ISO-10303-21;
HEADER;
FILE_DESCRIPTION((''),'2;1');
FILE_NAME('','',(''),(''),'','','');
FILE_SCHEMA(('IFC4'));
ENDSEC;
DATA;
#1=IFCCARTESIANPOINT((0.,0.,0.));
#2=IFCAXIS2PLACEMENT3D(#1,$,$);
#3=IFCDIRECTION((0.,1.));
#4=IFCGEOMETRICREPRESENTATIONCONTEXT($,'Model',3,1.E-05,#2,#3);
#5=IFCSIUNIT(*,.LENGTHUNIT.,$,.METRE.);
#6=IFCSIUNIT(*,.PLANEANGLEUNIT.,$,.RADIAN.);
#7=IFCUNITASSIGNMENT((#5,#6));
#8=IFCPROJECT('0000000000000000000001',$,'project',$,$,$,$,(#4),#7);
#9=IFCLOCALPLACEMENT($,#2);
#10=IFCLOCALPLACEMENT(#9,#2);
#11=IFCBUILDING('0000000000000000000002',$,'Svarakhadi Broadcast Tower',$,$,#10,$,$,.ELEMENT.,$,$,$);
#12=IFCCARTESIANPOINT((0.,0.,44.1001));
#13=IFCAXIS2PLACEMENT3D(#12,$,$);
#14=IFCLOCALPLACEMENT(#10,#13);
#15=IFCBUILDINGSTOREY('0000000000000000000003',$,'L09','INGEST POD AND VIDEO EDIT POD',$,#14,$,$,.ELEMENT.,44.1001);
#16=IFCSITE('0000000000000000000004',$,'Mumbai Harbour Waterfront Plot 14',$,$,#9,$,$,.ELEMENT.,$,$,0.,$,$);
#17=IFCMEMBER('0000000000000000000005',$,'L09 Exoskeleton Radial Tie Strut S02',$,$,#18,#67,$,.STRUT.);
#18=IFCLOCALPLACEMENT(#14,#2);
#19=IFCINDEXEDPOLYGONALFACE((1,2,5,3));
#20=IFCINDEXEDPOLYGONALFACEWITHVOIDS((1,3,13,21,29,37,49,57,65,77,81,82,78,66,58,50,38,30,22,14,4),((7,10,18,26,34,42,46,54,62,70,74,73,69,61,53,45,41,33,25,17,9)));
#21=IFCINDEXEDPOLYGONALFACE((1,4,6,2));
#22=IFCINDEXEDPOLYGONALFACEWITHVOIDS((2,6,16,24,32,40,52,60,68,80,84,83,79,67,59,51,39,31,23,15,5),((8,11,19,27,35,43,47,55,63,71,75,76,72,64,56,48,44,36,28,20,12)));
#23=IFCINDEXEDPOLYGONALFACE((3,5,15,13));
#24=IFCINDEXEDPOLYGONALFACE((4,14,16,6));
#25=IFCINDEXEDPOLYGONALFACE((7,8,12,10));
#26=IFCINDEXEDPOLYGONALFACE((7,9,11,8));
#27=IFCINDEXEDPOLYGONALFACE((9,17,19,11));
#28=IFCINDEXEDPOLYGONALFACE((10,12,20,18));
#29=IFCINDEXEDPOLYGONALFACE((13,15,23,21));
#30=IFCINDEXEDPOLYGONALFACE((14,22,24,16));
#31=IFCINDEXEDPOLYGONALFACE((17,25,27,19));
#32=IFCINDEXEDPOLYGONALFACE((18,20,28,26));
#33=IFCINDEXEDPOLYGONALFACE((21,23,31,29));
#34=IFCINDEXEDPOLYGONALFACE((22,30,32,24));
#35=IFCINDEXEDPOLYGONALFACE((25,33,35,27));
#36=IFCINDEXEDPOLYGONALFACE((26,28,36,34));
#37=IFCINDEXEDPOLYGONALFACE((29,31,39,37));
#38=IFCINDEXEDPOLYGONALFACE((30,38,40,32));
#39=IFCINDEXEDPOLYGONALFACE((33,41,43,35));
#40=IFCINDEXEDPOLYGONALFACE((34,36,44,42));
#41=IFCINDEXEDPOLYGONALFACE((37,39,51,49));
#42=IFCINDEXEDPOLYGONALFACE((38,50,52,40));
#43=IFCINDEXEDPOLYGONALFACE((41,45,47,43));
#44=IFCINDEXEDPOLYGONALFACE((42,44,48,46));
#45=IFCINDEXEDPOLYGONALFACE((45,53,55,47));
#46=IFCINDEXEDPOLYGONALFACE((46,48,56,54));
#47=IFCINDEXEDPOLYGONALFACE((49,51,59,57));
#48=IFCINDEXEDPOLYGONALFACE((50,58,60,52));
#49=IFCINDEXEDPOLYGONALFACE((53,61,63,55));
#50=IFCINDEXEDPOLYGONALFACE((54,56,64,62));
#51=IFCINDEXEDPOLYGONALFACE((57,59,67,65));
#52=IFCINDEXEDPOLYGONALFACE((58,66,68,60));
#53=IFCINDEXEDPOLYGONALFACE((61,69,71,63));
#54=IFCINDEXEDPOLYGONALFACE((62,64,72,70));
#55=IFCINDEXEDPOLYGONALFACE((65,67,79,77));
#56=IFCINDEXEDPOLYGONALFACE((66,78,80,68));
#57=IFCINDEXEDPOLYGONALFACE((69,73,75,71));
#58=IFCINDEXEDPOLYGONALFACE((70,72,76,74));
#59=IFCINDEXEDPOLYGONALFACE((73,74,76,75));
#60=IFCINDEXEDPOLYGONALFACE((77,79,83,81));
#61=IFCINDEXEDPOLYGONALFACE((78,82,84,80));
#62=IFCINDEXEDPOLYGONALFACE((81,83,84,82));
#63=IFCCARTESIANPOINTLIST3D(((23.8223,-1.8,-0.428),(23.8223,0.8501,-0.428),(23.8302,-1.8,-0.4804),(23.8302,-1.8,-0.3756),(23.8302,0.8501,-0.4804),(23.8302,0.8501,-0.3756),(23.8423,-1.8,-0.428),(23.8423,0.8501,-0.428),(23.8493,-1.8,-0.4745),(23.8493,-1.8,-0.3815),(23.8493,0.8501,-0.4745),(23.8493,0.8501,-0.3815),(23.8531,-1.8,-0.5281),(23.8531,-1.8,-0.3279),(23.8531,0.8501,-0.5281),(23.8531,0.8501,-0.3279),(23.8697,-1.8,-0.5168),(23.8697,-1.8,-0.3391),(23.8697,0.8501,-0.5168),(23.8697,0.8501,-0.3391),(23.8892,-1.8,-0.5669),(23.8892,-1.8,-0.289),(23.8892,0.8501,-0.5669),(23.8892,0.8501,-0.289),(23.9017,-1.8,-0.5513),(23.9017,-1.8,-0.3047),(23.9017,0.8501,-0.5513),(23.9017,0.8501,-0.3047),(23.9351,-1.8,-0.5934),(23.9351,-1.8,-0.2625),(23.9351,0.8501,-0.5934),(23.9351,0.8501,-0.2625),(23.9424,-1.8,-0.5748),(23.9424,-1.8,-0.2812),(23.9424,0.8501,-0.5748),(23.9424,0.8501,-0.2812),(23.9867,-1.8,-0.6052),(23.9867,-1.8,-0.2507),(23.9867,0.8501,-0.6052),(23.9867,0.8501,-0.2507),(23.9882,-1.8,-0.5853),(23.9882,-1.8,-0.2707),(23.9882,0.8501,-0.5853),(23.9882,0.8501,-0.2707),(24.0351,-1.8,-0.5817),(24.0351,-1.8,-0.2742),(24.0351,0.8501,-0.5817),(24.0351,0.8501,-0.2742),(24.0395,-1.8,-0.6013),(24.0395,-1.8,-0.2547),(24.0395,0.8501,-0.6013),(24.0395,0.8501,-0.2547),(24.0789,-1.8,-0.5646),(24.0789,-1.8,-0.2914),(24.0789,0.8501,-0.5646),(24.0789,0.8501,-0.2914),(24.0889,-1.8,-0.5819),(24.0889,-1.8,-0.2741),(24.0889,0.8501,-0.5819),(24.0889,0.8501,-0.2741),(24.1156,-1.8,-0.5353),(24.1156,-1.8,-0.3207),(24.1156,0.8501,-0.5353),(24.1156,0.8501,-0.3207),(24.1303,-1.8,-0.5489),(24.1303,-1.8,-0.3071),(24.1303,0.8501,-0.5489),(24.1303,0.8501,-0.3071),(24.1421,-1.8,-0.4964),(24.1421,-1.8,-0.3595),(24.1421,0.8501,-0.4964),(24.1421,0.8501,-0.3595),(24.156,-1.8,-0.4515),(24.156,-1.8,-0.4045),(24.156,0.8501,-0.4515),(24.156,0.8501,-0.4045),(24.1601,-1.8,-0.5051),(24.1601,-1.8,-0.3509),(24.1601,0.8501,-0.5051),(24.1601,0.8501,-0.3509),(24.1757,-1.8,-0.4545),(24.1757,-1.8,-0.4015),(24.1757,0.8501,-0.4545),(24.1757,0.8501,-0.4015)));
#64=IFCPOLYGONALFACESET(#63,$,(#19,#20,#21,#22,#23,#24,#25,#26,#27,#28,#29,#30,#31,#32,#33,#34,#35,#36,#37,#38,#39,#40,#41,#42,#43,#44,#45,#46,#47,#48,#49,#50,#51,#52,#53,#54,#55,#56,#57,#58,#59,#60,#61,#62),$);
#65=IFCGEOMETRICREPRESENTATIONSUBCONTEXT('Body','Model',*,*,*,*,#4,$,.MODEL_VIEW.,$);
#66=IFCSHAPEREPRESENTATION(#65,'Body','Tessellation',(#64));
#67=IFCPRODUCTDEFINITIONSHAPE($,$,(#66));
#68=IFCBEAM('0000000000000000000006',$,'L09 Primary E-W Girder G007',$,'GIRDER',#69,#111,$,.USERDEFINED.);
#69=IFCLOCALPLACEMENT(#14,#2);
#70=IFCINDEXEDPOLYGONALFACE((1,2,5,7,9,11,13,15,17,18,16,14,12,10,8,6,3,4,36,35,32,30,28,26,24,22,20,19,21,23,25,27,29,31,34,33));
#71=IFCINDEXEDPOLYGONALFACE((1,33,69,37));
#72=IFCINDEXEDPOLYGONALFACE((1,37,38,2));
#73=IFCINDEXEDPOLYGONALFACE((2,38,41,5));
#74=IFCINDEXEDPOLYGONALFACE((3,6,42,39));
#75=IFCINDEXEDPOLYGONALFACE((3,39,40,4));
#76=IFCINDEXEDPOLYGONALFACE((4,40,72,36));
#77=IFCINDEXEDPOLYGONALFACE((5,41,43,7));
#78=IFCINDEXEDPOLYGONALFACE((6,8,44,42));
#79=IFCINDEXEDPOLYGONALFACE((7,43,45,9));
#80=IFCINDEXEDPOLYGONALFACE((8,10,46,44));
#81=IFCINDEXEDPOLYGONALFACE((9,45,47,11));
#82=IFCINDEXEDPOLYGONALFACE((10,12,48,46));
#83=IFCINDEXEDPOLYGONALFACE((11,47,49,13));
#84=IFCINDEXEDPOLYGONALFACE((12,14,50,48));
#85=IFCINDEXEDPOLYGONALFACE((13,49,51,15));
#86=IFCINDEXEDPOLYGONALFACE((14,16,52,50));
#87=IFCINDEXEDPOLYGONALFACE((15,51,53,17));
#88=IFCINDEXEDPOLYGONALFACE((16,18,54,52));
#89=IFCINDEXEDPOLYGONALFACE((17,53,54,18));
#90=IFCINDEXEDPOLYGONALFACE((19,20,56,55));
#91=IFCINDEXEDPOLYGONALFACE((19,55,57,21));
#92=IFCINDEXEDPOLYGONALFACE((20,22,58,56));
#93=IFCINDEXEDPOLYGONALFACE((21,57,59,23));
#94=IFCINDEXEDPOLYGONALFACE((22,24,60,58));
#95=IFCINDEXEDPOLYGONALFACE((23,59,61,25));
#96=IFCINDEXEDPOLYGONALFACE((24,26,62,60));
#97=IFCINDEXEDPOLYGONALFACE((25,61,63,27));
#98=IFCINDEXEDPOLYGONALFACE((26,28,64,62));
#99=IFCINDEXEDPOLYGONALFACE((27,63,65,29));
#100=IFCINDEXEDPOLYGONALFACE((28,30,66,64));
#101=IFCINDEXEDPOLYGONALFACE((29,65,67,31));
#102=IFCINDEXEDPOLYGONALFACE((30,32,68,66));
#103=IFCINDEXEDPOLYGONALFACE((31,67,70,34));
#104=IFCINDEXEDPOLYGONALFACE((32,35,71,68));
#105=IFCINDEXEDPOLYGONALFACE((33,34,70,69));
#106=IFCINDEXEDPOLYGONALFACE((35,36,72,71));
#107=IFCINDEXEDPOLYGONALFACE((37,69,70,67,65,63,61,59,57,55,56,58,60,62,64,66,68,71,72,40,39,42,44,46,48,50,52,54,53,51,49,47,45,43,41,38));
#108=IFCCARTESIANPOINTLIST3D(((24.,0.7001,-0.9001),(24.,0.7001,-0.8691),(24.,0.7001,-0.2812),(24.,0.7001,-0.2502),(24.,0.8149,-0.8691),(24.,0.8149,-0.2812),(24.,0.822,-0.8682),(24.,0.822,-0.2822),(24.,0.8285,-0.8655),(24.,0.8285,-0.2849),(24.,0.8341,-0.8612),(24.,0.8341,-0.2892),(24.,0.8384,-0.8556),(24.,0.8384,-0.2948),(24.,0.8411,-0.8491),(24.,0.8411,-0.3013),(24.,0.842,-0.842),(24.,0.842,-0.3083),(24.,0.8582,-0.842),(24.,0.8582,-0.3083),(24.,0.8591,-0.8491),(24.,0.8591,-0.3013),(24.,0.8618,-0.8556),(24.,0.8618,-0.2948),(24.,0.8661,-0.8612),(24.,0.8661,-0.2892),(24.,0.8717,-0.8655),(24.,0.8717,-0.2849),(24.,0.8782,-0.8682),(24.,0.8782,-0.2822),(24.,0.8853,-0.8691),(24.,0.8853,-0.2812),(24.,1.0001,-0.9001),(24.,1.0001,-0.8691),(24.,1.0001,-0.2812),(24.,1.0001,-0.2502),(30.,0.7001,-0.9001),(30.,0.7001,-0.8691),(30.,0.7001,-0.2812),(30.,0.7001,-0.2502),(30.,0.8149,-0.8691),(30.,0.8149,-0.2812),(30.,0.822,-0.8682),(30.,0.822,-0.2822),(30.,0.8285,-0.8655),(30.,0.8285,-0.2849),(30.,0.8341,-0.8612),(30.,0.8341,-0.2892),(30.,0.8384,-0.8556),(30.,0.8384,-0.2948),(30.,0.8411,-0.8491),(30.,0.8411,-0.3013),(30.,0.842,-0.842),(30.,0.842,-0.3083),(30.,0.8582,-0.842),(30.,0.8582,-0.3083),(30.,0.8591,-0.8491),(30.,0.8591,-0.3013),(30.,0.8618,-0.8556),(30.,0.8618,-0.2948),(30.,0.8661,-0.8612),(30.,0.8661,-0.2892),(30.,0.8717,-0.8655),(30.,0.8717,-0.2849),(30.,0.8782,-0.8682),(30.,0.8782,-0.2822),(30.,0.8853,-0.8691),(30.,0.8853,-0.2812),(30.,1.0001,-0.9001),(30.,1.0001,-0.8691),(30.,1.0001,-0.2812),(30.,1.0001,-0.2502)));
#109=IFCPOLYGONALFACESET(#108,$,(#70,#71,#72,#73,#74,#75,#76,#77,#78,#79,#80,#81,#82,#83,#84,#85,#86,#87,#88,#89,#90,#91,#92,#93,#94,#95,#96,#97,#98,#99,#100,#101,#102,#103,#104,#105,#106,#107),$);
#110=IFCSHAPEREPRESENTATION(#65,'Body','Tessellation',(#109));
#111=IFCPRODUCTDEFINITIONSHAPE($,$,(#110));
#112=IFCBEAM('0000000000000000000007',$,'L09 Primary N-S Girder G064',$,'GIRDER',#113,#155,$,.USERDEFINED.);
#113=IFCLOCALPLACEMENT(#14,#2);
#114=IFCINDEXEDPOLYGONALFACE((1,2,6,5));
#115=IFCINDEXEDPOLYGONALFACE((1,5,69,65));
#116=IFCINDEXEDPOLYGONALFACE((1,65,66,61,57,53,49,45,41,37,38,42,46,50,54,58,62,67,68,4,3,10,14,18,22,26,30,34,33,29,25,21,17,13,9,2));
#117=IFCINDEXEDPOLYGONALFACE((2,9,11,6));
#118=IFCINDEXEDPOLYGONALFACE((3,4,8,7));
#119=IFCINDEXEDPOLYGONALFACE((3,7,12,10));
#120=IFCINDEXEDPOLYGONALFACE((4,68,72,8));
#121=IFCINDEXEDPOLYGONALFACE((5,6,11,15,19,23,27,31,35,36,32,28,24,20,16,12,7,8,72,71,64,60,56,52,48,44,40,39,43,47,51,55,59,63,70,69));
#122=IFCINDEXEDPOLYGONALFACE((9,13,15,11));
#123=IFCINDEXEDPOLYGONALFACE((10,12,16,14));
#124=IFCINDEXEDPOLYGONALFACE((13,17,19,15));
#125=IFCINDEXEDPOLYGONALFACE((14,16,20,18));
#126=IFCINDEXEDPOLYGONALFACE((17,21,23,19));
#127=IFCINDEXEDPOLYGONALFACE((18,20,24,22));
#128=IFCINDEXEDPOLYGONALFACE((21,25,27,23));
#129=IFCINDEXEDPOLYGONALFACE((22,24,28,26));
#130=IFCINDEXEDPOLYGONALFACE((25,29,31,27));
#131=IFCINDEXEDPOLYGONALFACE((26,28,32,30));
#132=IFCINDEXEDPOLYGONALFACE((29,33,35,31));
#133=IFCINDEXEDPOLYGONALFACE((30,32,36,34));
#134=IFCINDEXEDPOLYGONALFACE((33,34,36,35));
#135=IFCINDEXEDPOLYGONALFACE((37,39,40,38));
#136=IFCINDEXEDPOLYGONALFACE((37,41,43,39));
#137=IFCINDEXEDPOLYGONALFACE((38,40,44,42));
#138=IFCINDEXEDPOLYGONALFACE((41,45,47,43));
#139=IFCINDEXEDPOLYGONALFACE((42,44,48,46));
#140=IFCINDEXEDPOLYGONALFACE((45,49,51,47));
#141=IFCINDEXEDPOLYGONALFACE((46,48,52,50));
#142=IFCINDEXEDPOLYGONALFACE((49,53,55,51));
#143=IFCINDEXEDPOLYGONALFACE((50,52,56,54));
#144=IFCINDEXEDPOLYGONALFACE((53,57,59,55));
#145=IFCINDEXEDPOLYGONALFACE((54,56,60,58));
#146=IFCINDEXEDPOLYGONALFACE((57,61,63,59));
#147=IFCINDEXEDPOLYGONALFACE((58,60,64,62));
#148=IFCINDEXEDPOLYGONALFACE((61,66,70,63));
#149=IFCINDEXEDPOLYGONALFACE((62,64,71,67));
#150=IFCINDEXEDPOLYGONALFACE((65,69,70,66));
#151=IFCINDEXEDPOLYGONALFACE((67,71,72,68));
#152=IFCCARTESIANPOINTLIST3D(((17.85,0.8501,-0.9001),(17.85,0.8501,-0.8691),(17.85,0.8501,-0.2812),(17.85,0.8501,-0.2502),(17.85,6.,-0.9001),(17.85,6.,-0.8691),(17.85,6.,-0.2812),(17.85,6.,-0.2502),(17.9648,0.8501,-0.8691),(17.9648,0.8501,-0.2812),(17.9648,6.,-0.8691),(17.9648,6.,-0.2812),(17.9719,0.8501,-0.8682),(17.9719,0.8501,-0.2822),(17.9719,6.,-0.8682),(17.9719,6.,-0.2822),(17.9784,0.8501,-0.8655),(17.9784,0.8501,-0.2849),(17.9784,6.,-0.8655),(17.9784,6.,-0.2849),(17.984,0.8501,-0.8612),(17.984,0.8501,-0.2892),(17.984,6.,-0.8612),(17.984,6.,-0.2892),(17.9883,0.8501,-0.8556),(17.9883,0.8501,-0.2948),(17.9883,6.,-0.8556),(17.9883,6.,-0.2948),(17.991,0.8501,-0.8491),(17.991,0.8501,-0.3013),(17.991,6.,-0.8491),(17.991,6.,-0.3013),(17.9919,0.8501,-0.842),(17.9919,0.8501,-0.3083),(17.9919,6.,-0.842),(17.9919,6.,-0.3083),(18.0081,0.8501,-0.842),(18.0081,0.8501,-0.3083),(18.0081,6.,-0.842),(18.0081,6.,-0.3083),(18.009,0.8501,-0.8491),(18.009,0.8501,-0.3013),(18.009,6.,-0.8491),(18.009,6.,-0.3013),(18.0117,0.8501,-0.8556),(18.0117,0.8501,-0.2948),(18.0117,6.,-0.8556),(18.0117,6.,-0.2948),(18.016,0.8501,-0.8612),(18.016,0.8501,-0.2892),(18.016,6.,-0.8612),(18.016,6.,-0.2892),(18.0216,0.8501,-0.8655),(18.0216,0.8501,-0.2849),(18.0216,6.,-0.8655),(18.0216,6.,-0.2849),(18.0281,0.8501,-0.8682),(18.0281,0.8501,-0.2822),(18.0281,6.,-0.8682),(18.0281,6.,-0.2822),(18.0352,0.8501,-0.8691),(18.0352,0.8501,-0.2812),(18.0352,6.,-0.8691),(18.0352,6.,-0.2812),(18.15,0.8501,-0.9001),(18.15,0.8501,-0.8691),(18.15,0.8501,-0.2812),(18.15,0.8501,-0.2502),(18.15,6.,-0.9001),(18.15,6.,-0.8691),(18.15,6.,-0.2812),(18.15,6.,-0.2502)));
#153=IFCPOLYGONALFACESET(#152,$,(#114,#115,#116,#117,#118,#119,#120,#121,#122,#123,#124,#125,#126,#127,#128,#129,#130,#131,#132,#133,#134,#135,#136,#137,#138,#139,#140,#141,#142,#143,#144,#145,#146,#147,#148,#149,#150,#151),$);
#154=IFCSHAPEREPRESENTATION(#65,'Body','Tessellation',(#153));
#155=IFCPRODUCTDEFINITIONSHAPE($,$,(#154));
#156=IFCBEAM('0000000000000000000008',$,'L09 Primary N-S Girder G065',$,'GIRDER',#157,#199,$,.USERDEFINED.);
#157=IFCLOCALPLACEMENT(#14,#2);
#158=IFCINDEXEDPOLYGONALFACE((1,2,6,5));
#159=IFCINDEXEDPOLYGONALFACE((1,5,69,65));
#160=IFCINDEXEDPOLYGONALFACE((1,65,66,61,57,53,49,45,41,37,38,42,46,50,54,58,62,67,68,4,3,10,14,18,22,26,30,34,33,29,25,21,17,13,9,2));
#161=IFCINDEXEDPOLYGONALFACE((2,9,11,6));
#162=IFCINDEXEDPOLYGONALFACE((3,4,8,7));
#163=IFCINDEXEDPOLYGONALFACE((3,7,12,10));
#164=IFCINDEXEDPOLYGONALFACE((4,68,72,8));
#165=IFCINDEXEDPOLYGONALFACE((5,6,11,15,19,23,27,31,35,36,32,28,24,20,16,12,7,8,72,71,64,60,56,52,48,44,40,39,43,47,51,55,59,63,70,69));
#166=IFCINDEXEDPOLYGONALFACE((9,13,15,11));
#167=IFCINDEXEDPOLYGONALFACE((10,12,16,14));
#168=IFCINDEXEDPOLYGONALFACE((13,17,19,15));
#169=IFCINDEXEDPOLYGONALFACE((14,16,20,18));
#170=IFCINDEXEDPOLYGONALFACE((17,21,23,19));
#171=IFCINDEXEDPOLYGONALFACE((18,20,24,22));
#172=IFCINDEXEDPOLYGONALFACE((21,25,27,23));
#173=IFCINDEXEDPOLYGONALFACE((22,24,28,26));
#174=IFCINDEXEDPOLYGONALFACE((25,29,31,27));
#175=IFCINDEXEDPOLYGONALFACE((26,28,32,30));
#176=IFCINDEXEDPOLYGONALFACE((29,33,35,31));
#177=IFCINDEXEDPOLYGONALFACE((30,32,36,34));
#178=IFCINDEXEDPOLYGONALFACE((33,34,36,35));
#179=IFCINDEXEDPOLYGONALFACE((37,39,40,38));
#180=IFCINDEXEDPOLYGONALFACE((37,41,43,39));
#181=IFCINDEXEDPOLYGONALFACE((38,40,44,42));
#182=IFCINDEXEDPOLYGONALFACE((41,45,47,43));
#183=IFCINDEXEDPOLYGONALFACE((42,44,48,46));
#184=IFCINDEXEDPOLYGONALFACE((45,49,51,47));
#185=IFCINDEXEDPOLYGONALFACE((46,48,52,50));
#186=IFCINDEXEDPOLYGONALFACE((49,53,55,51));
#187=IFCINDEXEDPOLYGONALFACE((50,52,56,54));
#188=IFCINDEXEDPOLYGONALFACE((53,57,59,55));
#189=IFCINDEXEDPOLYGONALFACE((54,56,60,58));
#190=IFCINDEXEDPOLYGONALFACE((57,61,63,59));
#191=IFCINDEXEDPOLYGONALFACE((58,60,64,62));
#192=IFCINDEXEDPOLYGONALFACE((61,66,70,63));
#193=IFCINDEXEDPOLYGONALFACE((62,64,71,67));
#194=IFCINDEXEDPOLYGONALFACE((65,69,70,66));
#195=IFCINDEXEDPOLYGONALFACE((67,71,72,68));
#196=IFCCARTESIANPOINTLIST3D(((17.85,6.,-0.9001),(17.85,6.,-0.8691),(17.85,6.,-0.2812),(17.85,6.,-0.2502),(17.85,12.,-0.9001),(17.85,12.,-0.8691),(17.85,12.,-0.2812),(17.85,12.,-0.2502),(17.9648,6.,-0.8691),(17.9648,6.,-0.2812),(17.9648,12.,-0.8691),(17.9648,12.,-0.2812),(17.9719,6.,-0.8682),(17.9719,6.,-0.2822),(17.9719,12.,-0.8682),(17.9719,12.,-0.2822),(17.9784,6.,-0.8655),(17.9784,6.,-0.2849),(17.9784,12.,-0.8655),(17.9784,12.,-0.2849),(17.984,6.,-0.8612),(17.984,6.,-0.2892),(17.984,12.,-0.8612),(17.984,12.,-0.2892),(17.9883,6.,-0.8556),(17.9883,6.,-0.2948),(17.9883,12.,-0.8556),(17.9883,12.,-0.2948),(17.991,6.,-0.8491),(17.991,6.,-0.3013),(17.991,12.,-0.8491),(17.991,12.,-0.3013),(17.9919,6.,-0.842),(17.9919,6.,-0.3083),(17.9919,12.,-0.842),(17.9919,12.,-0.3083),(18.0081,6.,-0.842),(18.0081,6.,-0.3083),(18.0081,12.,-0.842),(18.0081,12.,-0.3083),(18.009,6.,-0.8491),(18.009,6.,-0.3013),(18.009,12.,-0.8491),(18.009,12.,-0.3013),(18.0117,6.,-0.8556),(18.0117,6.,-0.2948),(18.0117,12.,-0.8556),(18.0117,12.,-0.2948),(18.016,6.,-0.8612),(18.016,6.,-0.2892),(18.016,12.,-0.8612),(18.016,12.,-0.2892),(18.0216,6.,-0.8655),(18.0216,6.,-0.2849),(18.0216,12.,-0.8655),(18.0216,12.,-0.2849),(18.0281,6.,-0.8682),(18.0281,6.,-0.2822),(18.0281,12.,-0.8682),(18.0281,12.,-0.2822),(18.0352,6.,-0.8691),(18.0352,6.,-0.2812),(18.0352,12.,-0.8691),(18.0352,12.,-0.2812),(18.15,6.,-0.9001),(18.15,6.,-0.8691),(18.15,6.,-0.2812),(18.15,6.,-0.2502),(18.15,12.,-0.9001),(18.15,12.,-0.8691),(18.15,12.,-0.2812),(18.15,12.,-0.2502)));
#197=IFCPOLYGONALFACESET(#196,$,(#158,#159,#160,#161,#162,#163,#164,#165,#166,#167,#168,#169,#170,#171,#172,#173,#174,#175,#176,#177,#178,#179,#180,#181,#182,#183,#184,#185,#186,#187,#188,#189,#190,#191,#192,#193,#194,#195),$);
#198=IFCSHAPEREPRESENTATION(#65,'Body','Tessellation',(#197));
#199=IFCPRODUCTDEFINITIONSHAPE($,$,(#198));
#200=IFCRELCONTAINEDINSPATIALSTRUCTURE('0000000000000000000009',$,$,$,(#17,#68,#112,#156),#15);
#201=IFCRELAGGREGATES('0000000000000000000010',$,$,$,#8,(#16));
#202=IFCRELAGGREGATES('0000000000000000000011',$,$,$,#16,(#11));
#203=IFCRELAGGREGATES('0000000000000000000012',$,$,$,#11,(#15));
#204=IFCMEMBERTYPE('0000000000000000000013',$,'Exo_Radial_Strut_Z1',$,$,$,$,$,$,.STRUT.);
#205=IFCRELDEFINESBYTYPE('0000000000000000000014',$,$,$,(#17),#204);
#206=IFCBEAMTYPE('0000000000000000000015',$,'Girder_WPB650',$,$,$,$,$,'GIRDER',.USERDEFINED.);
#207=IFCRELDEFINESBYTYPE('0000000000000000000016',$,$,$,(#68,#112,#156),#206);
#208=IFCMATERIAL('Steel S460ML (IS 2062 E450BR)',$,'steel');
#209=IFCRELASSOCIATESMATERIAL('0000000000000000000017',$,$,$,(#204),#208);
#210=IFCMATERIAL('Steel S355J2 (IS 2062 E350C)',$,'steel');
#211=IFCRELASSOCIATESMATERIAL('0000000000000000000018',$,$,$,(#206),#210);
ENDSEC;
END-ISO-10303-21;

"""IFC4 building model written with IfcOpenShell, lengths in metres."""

from ifc_helpers import new_model, si_unit, direction, frame, origin, origin_2d, place, context, subcontext, project, spatial, hollow_circle, i_section, extrude, material, material_profile, profile_set, type_object, element, save


model = new_model("IFC4")

# Units and contexts
model_context = context("Model", 3, precision=1e-05, world=origin(), true_north=direction((0.0, 1.0)))
body_context = subcontext(model_context, "Body", "Model", "MODEL_VIEW")
ifc_project = project(units=[si_unit("LENGTHUNIT", "METRE"), si_unit("PLANEANGLEUNIT", "RADIAN")], contexts=[model_context])

# Site, building, storey
site_placement = place(None, origin())
site = spatial("IfcSite", under=ifc_project, at=site_placement, Name="Mumbai Harbour Waterfront Plot 14", CompositionType="ELEMENT", RefElevation=0.0)
building_placement = place(site_placement, origin())
building = spatial("IfcBuilding", under=site, at=building_placement, Name="Svarakhadi Broadcast Tower", CompositionType="ELEMENT")
storey_placement = place(building_placement, frame((0.0, 0.0, 44.1001)))
storey = spatial("IfcBuildingStorey", under=building, at=storey_placement, Name="L09", Description="INGEST POD AND VIDEO EDIT POD", CompositionType="ELEMENT", Elevation=44.1001)

# Shared definitions
ifc_material_1 = material(Name="Steel S355J2 (IS 2062 E350C)", Category="steel")

# Member
ifc_material_2 = material(Name="Steel S460ML (IS 2062 E450BR)", Category="steel")
ifc_material_profile_1 = material_profile(ifc_material_2, hollow_circle(Radius=0.1777, WallThickness=0.02, at=origin_2d()), Name="CHS 355.6x20")
ifc_profile_set_1 = profile_set([ifc_material_profile_1], Name="Steel S460ML (IS 2062 E450BR)")
member_type_1 = type_object("IfcMemberType", Name="Exo_Radial_Strut_Z1", PredefinedType="STRUT", material=ifc_profile_set_1)
member_1_placement = place(storey_placement, frame((24.0, -1.8, -0.428), z_axis=(0.0, 1.0, 0.0), x_axis=(-1.0, 0.0, 0.0)))
element("IfcMember", 1, at=member_1_placement, inside=storey, type_object=member_type_1, Name="L09 Exoskeleton Radial Tie Strut S02", PredefinedType="STRUT", context=body_context, shape_type="SweptSolid", body=[
    extrude(hollow_circle(Radius=0.1777, WallThickness=0.02, at=origin_2d()), origin(), (0.0, 0.0, 1.0), 2.6501),
])

# Beams
ifc_material_profile_2 = material_profile(ifc_material_1, i_section(OverallWidth=0.3, OverallDepth=0.6499, WebThickness=0.0161, FlangeThickness=0.031, FilletRadius=0.0271, at=origin_2d()), Name="WPB 650x300x225")
ifc_profile_set_2 = profile_set([ifc_material_profile_2], Name="Steel S355J2 (IS 2062 E350C)")
beam_type_1 = type_object("IfcBeamType", Name="Girder_WPB650", ElementType="GIRDER", PredefinedType="USERDEFINED", material=ifc_profile_set_2)
beam_1_placement = place(storey_placement, frame((24.0, 0.8501, -0.5752), z_axis=(1.0, 0.0, 0.0), x_axis=(0.0, 1.0, 0.0)))
element("IfcBeam", 2, at=beam_1_placement, inside=storey, type_object=beam_type_1, Name="L09 Primary E-W Girder G007", ObjectType="GIRDER", PredefinedType="USERDEFINED", context=body_context, shape_type="SweptSolid", body=[
    extrude(i_section(OverallWidth=0.3, OverallDepth=0.6499, WebThickness=0.0161, FlangeThickness=0.031, FilletRadius=0.0271, at=origin_2d()), origin(), (0.0, 0.0, 1.0), 6.0),
])
beam_2_placement = place(storey_placement, frame((18.0, 0.8501, -0.5752), z_axis=(0.0, 1.0, 0.0), x_axis=(-1.0, 0.0, 0.0)))
element("IfcBeam", 3, at=beam_2_placement, inside=storey, type_object=beam_type_1, Name="L09 Primary N-S Girder G064", ObjectType="GIRDER", PredefinedType="USERDEFINED", context=body_context, shape_type="SweptSolid", body=[
    extrude(i_section(OverallWidth=0.3, OverallDepth=0.6499, WebThickness=0.0161, FlangeThickness=0.031, FilletRadius=0.0271, at=origin_2d()), origin(), (0.0, 0.0, 1.0), 5.1499),
])
for number, where, z_axis, x_axis, name in (
    (4, (18.0, 6.0, -0.5752), (0.0, 1.0, 0.0), (-1.0, 0.0, 0.0), "L09 Primary N-S Girder G065"),
):
    element("IfcBeam", number, at=place(storey_placement, frame(where, z_axis=z_axis, x_axis=x_axis)), inside=storey, type_object=beam_type_1, Name=name, ObjectType="GIRDER", PredefinedType="USERDEFINED", context=body_context, shape_type="SweptSolid", body=[
        extrude(i_section(OverallWidth=0.3, OverallDepth=0.6499, WebThickness=0.0161, FlangeThickness=0.031, FilletRadius=0.0271, at=origin_2d()), origin(), (0.0, 0.0, 1.0), 6.0),
    ])

save(model, "model.ifc")
